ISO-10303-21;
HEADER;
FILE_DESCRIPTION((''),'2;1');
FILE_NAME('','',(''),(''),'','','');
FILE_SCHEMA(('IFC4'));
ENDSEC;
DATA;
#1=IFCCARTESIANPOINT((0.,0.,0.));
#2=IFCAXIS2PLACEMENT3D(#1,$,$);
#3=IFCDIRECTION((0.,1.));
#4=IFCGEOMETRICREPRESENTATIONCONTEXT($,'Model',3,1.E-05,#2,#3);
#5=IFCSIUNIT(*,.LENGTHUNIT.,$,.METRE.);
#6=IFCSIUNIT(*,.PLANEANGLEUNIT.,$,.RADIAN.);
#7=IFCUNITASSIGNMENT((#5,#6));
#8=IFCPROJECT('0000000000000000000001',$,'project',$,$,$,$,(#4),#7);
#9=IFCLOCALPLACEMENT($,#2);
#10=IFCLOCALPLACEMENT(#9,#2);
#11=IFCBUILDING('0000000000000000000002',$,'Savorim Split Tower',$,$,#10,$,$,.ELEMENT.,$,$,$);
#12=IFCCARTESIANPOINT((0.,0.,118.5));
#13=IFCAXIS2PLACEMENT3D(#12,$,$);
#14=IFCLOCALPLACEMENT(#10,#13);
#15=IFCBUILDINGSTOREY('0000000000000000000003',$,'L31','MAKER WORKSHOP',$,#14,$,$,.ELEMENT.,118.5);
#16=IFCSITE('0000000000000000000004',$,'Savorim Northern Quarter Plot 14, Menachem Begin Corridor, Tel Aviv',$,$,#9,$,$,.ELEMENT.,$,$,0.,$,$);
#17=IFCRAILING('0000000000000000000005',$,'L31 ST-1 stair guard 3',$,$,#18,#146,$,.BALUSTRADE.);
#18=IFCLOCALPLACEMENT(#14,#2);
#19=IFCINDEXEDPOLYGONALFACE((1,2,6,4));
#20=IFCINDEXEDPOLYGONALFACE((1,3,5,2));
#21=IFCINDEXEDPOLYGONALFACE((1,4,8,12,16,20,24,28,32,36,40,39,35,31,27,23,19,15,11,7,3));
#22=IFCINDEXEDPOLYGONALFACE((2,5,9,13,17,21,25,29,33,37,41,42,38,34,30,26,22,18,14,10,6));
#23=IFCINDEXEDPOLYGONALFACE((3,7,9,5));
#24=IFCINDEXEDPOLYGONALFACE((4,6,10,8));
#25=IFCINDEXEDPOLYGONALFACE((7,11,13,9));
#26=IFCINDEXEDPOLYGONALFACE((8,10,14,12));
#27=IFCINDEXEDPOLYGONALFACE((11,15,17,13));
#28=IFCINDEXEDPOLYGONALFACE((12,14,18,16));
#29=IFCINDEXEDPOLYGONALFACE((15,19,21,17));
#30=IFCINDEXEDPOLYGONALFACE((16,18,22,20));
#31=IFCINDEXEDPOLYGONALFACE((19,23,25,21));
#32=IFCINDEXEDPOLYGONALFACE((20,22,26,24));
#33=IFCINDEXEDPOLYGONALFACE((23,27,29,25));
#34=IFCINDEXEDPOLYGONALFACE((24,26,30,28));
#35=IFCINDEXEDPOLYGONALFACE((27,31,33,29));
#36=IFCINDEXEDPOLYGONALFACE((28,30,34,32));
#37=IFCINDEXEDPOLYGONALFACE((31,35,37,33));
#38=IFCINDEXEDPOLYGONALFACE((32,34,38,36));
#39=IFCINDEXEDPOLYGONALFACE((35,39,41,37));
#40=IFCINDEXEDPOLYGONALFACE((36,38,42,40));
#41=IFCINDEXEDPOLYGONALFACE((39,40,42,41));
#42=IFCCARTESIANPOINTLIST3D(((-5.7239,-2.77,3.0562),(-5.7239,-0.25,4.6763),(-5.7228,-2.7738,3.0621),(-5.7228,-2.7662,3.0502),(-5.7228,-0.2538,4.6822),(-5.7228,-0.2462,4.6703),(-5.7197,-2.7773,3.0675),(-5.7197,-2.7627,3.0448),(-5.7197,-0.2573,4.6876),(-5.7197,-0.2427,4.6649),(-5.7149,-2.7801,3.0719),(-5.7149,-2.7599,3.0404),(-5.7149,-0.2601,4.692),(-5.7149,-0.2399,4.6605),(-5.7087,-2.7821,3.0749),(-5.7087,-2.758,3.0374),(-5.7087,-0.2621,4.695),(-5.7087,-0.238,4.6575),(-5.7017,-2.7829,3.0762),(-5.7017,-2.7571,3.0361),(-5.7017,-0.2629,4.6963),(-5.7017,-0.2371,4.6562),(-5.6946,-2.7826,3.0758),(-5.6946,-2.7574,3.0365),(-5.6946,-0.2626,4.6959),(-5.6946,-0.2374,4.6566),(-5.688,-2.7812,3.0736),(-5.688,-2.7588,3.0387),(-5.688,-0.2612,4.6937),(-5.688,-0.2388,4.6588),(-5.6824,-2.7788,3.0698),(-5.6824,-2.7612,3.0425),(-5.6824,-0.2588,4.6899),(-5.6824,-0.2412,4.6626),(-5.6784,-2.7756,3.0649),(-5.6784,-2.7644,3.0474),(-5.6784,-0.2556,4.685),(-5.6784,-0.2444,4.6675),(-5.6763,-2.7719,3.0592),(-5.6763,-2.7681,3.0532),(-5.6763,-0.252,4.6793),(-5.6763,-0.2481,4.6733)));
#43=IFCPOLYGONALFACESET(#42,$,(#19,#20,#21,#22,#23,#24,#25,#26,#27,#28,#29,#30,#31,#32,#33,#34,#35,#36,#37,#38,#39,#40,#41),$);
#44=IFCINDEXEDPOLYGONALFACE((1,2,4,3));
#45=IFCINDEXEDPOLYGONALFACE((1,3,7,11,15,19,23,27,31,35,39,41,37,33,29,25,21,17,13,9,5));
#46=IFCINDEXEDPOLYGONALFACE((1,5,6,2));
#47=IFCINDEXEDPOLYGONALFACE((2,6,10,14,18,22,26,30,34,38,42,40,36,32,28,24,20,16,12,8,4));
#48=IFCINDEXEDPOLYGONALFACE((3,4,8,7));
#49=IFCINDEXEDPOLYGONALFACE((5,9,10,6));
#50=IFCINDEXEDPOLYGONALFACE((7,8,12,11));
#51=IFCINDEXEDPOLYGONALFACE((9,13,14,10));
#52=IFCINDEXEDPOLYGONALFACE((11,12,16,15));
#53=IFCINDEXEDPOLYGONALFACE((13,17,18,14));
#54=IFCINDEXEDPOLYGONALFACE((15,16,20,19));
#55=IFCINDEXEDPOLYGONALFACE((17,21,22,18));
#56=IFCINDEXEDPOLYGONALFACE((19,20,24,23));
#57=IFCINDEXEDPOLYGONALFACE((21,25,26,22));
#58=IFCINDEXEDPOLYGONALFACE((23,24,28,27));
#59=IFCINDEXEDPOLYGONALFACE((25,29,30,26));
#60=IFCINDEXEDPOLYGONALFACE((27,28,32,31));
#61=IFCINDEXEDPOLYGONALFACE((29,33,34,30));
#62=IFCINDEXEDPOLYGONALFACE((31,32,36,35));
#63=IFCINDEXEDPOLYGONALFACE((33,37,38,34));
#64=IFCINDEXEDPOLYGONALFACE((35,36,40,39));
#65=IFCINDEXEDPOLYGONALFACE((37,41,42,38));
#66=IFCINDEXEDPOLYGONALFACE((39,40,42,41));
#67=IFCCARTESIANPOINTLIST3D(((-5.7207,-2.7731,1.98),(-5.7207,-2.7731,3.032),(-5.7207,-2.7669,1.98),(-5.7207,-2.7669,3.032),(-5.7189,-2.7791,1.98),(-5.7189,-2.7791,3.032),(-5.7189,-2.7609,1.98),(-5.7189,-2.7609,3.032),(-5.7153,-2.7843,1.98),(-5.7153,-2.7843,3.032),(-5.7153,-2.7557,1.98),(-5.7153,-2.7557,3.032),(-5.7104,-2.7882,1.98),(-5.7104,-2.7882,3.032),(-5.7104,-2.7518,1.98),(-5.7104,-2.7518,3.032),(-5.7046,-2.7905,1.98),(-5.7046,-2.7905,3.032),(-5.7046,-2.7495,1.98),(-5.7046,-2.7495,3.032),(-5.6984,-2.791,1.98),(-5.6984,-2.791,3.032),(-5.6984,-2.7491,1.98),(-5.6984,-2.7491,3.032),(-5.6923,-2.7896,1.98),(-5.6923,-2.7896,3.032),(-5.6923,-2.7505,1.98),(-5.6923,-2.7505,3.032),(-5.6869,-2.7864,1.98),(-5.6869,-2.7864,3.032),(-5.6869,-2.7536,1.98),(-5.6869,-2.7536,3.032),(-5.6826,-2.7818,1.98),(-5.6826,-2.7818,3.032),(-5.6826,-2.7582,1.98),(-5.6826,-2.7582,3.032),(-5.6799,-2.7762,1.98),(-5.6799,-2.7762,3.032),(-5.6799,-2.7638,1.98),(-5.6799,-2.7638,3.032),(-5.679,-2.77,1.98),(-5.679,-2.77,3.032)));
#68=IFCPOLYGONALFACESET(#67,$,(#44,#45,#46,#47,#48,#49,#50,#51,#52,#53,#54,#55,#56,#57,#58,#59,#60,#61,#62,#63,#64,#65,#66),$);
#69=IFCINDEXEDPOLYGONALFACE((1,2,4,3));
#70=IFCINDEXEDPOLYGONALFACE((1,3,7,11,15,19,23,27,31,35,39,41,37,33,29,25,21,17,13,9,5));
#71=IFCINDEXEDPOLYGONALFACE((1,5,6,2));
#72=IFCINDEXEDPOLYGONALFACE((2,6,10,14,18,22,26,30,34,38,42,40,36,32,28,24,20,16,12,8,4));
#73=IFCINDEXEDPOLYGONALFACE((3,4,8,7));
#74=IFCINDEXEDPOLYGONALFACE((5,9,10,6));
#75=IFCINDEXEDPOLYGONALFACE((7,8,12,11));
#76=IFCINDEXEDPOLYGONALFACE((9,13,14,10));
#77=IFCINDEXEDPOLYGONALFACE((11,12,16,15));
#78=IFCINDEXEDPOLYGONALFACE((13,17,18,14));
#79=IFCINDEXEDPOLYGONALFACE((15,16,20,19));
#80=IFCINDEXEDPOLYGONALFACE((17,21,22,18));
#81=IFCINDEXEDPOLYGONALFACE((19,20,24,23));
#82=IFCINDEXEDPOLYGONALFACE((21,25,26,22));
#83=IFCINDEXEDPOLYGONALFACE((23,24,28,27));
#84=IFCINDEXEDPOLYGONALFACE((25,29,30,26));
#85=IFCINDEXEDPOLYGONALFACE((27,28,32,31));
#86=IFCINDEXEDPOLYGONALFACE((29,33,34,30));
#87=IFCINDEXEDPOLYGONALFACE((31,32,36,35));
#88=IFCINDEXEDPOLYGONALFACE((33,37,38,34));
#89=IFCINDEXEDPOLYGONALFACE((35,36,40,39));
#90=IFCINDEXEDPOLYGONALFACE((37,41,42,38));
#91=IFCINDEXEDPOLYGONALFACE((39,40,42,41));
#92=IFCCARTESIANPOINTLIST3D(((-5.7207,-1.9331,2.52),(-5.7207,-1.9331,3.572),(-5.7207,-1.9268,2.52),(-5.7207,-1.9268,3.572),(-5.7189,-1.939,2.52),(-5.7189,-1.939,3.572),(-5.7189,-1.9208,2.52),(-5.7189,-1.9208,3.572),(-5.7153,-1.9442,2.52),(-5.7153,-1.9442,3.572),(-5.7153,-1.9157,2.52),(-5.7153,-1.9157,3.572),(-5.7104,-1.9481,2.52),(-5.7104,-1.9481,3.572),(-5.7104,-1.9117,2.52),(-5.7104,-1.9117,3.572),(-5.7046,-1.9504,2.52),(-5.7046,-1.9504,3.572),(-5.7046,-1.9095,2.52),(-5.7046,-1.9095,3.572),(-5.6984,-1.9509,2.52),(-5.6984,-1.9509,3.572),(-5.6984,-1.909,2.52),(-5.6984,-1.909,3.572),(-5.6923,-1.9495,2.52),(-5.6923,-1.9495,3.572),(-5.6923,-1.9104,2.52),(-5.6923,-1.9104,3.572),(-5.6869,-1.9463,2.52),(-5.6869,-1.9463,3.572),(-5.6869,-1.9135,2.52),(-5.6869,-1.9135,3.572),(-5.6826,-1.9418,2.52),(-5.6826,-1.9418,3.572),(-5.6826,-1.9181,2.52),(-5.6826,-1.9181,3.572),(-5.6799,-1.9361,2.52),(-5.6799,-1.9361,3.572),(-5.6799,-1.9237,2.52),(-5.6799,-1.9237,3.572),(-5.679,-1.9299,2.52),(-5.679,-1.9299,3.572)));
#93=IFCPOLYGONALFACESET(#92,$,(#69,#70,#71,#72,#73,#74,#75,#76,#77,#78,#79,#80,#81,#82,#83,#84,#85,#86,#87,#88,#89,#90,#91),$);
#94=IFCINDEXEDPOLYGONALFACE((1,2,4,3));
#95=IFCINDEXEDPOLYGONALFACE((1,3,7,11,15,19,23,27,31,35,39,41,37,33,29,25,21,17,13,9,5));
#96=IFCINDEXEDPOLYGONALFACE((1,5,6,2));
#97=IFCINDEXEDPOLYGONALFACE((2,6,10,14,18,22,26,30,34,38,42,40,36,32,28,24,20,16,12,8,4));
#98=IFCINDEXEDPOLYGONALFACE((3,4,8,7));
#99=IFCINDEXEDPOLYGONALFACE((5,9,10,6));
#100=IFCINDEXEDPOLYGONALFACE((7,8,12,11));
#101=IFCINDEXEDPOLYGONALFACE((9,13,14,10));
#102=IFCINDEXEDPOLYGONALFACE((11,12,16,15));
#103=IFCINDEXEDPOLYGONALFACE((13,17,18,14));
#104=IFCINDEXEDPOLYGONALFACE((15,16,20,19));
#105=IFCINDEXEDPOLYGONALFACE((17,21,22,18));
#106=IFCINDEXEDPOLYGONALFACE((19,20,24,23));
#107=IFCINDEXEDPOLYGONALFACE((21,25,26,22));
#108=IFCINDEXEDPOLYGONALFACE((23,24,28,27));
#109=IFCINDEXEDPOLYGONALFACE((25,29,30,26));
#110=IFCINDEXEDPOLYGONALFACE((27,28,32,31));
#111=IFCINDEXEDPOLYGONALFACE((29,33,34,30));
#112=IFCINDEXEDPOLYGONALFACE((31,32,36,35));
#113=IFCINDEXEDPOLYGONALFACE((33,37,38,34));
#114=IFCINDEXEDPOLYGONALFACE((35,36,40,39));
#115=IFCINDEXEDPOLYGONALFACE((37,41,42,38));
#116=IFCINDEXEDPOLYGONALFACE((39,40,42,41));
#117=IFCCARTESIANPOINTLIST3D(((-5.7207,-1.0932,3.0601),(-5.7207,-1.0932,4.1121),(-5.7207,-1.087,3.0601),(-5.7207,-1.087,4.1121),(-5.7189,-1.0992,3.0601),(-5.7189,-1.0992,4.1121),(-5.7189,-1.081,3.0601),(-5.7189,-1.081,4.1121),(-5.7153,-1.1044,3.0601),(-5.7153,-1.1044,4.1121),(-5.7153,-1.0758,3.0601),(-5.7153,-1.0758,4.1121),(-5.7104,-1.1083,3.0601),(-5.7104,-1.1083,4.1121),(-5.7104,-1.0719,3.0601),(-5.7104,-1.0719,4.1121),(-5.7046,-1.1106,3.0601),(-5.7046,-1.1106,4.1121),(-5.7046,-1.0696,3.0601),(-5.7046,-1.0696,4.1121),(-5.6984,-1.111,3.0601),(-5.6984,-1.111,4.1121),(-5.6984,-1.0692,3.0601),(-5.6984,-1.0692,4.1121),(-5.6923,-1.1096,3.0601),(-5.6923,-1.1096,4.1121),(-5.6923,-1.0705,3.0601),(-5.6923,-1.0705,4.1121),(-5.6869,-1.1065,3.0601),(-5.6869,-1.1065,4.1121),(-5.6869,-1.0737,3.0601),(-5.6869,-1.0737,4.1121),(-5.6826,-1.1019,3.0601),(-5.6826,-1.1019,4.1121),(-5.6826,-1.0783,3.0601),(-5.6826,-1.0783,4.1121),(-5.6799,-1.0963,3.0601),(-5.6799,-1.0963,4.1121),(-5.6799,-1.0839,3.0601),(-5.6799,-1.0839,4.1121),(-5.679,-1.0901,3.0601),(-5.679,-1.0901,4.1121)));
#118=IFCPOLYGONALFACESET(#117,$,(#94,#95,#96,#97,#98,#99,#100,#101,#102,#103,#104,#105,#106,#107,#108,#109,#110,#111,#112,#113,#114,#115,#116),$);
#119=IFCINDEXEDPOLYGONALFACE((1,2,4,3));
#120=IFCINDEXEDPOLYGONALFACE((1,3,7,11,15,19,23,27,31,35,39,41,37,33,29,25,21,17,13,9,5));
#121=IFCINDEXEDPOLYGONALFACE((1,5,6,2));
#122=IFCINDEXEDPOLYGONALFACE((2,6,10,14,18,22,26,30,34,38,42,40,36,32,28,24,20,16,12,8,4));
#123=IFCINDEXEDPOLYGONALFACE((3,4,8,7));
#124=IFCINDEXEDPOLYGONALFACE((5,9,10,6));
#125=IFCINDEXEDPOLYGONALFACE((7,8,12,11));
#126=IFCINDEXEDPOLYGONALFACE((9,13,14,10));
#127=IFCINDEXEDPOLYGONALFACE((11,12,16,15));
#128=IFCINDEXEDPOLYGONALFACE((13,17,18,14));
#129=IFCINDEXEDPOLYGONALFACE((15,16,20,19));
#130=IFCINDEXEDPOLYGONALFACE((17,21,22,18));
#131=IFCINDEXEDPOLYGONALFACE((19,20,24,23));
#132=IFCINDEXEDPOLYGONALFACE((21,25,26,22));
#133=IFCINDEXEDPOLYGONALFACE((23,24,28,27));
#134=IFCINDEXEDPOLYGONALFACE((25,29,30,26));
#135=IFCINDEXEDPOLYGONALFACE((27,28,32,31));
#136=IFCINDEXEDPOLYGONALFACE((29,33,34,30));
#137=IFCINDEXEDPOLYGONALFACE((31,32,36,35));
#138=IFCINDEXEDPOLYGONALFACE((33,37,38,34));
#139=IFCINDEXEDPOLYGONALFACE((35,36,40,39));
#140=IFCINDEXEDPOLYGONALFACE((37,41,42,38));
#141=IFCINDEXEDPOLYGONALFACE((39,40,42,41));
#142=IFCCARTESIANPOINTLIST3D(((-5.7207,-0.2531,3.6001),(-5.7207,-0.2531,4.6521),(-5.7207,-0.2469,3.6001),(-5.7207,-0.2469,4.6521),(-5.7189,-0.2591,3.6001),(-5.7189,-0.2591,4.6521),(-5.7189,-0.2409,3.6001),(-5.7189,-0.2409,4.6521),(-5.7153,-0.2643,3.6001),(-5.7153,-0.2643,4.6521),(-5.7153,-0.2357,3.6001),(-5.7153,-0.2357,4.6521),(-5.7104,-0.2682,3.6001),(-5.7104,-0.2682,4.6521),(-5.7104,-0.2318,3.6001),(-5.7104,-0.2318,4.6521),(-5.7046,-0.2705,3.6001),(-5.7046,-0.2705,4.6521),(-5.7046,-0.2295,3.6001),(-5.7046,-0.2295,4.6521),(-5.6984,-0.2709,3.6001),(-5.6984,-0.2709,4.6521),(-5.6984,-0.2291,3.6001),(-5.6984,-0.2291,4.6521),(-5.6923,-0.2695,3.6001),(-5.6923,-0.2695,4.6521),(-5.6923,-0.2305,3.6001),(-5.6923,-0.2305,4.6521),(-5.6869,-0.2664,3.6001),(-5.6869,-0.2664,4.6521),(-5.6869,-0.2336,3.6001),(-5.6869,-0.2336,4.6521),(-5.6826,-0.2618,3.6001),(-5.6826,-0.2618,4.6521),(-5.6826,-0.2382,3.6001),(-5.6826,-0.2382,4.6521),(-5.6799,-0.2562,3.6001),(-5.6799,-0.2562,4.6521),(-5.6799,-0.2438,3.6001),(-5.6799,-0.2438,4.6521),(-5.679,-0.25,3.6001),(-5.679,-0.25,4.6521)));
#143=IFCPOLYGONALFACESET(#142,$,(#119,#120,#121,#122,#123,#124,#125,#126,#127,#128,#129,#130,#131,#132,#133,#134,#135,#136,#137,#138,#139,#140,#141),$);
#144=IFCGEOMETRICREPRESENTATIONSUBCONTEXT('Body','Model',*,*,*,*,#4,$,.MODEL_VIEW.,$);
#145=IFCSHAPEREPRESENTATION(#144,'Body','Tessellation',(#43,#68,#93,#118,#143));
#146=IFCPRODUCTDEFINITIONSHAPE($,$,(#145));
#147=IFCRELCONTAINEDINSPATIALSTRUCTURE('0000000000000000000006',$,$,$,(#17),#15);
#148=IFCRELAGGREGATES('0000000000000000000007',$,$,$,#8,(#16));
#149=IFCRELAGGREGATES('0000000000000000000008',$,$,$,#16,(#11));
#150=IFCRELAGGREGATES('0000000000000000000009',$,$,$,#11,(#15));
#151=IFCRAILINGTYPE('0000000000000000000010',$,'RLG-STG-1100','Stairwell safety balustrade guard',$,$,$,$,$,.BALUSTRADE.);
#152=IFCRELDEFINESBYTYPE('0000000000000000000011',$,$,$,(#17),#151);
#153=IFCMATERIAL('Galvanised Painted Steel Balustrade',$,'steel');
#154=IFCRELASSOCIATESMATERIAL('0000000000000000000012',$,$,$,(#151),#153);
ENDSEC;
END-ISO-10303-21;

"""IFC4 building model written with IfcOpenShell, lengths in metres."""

from ifc_helpers import new_model, si_unit, direction, frame, origin, origin_2d, place, context, subcontext, project, spatial, circle, extrude, material, type_object, element, save


model = new_model("IFC4")

# Units and contexts
model_context = context("Model", 3, precision=1e-05, world=origin(), true_north=direction((0.0, 1.0)))
body_context = subcontext(model_context, "Body", "Model", "MODEL_VIEW")
ifc_project = project(units=[si_unit("LENGTHUNIT", "METRE"), si_unit("PLANEANGLEUNIT", "RADIAN")], contexts=[model_context])

# Site, building, storey
site_placement = place(None, origin())
site = spatial("IfcSite", under=ifc_project, at=site_placement, Name="Savorim Northern Quarter Plot 14, Menachem Begin Corridor, Tel Aviv", CompositionType="ELEMENT", RefElevation=0.0)
building_placement = place(site_placement, origin())
building = spatial("IfcBuilding", under=site, at=building_placement, Name="Savorim Split Tower", CompositionType="ELEMENT")
storey_placement = place(building_placement, frame((0.0, 0.0, 118.5)))
storey = spatial("IfcBuildingStorey", under=building, at=storey_placement, Name="L31", Description="MAKER WORKSHOP", CompositionType="ELEMENT", Elevation=118.5)

# Railing
ifc_material_1 = material(Name="Galvanised Painted Steel Balustrade", Category="steel")
railing_type_1 = type_object("IfcRailingType", Name="RLG-STG-1100", Description="Stairwell safety balustrade guard", PredefinedType="BALUSTRADE", material=ifc_material_1)
railing_1_placement = place(storey_placement, frame((-5.7, -2.77, 1.98)))
element("IfcRailing", 1, at=railing_1_placement, inside=storey, type_object=railing_type_1, Name="L31 ST-1 stair guard 3", PredefinedType="BALUSTRADE", context=body_context, shape_type="SweptSolid", body=[
    extrude(circle(Radius=0.0239, at=origin_2d()), frame((0.0, 0.0, 1.0762), z_axis=(0.0, 0.841163, 0.540782), x_axis=(-1.0, 0.0, 0.0)), (0.0, 0.0, 1.0), 2.9958),
    extrude(circle(Radius=0.021, at=origin_2d()), origin(), (0.0, 0.0, 1.0), 1.052),
    extrude(circle(Radius=0.021, at=origin_2d()), frame((0.0, 0.8401, 0.54)), (0.0, 0.0, 1.0), 1.052),
    extrude(circle(Radius=0.021, at=origin_2d()), frame((0.0, 1.6799, 1.0801)), (0.0, 0.0, 1.0), 1.052),
    extrude(circle(Radius=0.021, at=origin_2d()), frame((0.0, 2.52, 1.6201)), (0.0, 0.0, 1.0), 1.052),
])

save(model, "model.ifc")
